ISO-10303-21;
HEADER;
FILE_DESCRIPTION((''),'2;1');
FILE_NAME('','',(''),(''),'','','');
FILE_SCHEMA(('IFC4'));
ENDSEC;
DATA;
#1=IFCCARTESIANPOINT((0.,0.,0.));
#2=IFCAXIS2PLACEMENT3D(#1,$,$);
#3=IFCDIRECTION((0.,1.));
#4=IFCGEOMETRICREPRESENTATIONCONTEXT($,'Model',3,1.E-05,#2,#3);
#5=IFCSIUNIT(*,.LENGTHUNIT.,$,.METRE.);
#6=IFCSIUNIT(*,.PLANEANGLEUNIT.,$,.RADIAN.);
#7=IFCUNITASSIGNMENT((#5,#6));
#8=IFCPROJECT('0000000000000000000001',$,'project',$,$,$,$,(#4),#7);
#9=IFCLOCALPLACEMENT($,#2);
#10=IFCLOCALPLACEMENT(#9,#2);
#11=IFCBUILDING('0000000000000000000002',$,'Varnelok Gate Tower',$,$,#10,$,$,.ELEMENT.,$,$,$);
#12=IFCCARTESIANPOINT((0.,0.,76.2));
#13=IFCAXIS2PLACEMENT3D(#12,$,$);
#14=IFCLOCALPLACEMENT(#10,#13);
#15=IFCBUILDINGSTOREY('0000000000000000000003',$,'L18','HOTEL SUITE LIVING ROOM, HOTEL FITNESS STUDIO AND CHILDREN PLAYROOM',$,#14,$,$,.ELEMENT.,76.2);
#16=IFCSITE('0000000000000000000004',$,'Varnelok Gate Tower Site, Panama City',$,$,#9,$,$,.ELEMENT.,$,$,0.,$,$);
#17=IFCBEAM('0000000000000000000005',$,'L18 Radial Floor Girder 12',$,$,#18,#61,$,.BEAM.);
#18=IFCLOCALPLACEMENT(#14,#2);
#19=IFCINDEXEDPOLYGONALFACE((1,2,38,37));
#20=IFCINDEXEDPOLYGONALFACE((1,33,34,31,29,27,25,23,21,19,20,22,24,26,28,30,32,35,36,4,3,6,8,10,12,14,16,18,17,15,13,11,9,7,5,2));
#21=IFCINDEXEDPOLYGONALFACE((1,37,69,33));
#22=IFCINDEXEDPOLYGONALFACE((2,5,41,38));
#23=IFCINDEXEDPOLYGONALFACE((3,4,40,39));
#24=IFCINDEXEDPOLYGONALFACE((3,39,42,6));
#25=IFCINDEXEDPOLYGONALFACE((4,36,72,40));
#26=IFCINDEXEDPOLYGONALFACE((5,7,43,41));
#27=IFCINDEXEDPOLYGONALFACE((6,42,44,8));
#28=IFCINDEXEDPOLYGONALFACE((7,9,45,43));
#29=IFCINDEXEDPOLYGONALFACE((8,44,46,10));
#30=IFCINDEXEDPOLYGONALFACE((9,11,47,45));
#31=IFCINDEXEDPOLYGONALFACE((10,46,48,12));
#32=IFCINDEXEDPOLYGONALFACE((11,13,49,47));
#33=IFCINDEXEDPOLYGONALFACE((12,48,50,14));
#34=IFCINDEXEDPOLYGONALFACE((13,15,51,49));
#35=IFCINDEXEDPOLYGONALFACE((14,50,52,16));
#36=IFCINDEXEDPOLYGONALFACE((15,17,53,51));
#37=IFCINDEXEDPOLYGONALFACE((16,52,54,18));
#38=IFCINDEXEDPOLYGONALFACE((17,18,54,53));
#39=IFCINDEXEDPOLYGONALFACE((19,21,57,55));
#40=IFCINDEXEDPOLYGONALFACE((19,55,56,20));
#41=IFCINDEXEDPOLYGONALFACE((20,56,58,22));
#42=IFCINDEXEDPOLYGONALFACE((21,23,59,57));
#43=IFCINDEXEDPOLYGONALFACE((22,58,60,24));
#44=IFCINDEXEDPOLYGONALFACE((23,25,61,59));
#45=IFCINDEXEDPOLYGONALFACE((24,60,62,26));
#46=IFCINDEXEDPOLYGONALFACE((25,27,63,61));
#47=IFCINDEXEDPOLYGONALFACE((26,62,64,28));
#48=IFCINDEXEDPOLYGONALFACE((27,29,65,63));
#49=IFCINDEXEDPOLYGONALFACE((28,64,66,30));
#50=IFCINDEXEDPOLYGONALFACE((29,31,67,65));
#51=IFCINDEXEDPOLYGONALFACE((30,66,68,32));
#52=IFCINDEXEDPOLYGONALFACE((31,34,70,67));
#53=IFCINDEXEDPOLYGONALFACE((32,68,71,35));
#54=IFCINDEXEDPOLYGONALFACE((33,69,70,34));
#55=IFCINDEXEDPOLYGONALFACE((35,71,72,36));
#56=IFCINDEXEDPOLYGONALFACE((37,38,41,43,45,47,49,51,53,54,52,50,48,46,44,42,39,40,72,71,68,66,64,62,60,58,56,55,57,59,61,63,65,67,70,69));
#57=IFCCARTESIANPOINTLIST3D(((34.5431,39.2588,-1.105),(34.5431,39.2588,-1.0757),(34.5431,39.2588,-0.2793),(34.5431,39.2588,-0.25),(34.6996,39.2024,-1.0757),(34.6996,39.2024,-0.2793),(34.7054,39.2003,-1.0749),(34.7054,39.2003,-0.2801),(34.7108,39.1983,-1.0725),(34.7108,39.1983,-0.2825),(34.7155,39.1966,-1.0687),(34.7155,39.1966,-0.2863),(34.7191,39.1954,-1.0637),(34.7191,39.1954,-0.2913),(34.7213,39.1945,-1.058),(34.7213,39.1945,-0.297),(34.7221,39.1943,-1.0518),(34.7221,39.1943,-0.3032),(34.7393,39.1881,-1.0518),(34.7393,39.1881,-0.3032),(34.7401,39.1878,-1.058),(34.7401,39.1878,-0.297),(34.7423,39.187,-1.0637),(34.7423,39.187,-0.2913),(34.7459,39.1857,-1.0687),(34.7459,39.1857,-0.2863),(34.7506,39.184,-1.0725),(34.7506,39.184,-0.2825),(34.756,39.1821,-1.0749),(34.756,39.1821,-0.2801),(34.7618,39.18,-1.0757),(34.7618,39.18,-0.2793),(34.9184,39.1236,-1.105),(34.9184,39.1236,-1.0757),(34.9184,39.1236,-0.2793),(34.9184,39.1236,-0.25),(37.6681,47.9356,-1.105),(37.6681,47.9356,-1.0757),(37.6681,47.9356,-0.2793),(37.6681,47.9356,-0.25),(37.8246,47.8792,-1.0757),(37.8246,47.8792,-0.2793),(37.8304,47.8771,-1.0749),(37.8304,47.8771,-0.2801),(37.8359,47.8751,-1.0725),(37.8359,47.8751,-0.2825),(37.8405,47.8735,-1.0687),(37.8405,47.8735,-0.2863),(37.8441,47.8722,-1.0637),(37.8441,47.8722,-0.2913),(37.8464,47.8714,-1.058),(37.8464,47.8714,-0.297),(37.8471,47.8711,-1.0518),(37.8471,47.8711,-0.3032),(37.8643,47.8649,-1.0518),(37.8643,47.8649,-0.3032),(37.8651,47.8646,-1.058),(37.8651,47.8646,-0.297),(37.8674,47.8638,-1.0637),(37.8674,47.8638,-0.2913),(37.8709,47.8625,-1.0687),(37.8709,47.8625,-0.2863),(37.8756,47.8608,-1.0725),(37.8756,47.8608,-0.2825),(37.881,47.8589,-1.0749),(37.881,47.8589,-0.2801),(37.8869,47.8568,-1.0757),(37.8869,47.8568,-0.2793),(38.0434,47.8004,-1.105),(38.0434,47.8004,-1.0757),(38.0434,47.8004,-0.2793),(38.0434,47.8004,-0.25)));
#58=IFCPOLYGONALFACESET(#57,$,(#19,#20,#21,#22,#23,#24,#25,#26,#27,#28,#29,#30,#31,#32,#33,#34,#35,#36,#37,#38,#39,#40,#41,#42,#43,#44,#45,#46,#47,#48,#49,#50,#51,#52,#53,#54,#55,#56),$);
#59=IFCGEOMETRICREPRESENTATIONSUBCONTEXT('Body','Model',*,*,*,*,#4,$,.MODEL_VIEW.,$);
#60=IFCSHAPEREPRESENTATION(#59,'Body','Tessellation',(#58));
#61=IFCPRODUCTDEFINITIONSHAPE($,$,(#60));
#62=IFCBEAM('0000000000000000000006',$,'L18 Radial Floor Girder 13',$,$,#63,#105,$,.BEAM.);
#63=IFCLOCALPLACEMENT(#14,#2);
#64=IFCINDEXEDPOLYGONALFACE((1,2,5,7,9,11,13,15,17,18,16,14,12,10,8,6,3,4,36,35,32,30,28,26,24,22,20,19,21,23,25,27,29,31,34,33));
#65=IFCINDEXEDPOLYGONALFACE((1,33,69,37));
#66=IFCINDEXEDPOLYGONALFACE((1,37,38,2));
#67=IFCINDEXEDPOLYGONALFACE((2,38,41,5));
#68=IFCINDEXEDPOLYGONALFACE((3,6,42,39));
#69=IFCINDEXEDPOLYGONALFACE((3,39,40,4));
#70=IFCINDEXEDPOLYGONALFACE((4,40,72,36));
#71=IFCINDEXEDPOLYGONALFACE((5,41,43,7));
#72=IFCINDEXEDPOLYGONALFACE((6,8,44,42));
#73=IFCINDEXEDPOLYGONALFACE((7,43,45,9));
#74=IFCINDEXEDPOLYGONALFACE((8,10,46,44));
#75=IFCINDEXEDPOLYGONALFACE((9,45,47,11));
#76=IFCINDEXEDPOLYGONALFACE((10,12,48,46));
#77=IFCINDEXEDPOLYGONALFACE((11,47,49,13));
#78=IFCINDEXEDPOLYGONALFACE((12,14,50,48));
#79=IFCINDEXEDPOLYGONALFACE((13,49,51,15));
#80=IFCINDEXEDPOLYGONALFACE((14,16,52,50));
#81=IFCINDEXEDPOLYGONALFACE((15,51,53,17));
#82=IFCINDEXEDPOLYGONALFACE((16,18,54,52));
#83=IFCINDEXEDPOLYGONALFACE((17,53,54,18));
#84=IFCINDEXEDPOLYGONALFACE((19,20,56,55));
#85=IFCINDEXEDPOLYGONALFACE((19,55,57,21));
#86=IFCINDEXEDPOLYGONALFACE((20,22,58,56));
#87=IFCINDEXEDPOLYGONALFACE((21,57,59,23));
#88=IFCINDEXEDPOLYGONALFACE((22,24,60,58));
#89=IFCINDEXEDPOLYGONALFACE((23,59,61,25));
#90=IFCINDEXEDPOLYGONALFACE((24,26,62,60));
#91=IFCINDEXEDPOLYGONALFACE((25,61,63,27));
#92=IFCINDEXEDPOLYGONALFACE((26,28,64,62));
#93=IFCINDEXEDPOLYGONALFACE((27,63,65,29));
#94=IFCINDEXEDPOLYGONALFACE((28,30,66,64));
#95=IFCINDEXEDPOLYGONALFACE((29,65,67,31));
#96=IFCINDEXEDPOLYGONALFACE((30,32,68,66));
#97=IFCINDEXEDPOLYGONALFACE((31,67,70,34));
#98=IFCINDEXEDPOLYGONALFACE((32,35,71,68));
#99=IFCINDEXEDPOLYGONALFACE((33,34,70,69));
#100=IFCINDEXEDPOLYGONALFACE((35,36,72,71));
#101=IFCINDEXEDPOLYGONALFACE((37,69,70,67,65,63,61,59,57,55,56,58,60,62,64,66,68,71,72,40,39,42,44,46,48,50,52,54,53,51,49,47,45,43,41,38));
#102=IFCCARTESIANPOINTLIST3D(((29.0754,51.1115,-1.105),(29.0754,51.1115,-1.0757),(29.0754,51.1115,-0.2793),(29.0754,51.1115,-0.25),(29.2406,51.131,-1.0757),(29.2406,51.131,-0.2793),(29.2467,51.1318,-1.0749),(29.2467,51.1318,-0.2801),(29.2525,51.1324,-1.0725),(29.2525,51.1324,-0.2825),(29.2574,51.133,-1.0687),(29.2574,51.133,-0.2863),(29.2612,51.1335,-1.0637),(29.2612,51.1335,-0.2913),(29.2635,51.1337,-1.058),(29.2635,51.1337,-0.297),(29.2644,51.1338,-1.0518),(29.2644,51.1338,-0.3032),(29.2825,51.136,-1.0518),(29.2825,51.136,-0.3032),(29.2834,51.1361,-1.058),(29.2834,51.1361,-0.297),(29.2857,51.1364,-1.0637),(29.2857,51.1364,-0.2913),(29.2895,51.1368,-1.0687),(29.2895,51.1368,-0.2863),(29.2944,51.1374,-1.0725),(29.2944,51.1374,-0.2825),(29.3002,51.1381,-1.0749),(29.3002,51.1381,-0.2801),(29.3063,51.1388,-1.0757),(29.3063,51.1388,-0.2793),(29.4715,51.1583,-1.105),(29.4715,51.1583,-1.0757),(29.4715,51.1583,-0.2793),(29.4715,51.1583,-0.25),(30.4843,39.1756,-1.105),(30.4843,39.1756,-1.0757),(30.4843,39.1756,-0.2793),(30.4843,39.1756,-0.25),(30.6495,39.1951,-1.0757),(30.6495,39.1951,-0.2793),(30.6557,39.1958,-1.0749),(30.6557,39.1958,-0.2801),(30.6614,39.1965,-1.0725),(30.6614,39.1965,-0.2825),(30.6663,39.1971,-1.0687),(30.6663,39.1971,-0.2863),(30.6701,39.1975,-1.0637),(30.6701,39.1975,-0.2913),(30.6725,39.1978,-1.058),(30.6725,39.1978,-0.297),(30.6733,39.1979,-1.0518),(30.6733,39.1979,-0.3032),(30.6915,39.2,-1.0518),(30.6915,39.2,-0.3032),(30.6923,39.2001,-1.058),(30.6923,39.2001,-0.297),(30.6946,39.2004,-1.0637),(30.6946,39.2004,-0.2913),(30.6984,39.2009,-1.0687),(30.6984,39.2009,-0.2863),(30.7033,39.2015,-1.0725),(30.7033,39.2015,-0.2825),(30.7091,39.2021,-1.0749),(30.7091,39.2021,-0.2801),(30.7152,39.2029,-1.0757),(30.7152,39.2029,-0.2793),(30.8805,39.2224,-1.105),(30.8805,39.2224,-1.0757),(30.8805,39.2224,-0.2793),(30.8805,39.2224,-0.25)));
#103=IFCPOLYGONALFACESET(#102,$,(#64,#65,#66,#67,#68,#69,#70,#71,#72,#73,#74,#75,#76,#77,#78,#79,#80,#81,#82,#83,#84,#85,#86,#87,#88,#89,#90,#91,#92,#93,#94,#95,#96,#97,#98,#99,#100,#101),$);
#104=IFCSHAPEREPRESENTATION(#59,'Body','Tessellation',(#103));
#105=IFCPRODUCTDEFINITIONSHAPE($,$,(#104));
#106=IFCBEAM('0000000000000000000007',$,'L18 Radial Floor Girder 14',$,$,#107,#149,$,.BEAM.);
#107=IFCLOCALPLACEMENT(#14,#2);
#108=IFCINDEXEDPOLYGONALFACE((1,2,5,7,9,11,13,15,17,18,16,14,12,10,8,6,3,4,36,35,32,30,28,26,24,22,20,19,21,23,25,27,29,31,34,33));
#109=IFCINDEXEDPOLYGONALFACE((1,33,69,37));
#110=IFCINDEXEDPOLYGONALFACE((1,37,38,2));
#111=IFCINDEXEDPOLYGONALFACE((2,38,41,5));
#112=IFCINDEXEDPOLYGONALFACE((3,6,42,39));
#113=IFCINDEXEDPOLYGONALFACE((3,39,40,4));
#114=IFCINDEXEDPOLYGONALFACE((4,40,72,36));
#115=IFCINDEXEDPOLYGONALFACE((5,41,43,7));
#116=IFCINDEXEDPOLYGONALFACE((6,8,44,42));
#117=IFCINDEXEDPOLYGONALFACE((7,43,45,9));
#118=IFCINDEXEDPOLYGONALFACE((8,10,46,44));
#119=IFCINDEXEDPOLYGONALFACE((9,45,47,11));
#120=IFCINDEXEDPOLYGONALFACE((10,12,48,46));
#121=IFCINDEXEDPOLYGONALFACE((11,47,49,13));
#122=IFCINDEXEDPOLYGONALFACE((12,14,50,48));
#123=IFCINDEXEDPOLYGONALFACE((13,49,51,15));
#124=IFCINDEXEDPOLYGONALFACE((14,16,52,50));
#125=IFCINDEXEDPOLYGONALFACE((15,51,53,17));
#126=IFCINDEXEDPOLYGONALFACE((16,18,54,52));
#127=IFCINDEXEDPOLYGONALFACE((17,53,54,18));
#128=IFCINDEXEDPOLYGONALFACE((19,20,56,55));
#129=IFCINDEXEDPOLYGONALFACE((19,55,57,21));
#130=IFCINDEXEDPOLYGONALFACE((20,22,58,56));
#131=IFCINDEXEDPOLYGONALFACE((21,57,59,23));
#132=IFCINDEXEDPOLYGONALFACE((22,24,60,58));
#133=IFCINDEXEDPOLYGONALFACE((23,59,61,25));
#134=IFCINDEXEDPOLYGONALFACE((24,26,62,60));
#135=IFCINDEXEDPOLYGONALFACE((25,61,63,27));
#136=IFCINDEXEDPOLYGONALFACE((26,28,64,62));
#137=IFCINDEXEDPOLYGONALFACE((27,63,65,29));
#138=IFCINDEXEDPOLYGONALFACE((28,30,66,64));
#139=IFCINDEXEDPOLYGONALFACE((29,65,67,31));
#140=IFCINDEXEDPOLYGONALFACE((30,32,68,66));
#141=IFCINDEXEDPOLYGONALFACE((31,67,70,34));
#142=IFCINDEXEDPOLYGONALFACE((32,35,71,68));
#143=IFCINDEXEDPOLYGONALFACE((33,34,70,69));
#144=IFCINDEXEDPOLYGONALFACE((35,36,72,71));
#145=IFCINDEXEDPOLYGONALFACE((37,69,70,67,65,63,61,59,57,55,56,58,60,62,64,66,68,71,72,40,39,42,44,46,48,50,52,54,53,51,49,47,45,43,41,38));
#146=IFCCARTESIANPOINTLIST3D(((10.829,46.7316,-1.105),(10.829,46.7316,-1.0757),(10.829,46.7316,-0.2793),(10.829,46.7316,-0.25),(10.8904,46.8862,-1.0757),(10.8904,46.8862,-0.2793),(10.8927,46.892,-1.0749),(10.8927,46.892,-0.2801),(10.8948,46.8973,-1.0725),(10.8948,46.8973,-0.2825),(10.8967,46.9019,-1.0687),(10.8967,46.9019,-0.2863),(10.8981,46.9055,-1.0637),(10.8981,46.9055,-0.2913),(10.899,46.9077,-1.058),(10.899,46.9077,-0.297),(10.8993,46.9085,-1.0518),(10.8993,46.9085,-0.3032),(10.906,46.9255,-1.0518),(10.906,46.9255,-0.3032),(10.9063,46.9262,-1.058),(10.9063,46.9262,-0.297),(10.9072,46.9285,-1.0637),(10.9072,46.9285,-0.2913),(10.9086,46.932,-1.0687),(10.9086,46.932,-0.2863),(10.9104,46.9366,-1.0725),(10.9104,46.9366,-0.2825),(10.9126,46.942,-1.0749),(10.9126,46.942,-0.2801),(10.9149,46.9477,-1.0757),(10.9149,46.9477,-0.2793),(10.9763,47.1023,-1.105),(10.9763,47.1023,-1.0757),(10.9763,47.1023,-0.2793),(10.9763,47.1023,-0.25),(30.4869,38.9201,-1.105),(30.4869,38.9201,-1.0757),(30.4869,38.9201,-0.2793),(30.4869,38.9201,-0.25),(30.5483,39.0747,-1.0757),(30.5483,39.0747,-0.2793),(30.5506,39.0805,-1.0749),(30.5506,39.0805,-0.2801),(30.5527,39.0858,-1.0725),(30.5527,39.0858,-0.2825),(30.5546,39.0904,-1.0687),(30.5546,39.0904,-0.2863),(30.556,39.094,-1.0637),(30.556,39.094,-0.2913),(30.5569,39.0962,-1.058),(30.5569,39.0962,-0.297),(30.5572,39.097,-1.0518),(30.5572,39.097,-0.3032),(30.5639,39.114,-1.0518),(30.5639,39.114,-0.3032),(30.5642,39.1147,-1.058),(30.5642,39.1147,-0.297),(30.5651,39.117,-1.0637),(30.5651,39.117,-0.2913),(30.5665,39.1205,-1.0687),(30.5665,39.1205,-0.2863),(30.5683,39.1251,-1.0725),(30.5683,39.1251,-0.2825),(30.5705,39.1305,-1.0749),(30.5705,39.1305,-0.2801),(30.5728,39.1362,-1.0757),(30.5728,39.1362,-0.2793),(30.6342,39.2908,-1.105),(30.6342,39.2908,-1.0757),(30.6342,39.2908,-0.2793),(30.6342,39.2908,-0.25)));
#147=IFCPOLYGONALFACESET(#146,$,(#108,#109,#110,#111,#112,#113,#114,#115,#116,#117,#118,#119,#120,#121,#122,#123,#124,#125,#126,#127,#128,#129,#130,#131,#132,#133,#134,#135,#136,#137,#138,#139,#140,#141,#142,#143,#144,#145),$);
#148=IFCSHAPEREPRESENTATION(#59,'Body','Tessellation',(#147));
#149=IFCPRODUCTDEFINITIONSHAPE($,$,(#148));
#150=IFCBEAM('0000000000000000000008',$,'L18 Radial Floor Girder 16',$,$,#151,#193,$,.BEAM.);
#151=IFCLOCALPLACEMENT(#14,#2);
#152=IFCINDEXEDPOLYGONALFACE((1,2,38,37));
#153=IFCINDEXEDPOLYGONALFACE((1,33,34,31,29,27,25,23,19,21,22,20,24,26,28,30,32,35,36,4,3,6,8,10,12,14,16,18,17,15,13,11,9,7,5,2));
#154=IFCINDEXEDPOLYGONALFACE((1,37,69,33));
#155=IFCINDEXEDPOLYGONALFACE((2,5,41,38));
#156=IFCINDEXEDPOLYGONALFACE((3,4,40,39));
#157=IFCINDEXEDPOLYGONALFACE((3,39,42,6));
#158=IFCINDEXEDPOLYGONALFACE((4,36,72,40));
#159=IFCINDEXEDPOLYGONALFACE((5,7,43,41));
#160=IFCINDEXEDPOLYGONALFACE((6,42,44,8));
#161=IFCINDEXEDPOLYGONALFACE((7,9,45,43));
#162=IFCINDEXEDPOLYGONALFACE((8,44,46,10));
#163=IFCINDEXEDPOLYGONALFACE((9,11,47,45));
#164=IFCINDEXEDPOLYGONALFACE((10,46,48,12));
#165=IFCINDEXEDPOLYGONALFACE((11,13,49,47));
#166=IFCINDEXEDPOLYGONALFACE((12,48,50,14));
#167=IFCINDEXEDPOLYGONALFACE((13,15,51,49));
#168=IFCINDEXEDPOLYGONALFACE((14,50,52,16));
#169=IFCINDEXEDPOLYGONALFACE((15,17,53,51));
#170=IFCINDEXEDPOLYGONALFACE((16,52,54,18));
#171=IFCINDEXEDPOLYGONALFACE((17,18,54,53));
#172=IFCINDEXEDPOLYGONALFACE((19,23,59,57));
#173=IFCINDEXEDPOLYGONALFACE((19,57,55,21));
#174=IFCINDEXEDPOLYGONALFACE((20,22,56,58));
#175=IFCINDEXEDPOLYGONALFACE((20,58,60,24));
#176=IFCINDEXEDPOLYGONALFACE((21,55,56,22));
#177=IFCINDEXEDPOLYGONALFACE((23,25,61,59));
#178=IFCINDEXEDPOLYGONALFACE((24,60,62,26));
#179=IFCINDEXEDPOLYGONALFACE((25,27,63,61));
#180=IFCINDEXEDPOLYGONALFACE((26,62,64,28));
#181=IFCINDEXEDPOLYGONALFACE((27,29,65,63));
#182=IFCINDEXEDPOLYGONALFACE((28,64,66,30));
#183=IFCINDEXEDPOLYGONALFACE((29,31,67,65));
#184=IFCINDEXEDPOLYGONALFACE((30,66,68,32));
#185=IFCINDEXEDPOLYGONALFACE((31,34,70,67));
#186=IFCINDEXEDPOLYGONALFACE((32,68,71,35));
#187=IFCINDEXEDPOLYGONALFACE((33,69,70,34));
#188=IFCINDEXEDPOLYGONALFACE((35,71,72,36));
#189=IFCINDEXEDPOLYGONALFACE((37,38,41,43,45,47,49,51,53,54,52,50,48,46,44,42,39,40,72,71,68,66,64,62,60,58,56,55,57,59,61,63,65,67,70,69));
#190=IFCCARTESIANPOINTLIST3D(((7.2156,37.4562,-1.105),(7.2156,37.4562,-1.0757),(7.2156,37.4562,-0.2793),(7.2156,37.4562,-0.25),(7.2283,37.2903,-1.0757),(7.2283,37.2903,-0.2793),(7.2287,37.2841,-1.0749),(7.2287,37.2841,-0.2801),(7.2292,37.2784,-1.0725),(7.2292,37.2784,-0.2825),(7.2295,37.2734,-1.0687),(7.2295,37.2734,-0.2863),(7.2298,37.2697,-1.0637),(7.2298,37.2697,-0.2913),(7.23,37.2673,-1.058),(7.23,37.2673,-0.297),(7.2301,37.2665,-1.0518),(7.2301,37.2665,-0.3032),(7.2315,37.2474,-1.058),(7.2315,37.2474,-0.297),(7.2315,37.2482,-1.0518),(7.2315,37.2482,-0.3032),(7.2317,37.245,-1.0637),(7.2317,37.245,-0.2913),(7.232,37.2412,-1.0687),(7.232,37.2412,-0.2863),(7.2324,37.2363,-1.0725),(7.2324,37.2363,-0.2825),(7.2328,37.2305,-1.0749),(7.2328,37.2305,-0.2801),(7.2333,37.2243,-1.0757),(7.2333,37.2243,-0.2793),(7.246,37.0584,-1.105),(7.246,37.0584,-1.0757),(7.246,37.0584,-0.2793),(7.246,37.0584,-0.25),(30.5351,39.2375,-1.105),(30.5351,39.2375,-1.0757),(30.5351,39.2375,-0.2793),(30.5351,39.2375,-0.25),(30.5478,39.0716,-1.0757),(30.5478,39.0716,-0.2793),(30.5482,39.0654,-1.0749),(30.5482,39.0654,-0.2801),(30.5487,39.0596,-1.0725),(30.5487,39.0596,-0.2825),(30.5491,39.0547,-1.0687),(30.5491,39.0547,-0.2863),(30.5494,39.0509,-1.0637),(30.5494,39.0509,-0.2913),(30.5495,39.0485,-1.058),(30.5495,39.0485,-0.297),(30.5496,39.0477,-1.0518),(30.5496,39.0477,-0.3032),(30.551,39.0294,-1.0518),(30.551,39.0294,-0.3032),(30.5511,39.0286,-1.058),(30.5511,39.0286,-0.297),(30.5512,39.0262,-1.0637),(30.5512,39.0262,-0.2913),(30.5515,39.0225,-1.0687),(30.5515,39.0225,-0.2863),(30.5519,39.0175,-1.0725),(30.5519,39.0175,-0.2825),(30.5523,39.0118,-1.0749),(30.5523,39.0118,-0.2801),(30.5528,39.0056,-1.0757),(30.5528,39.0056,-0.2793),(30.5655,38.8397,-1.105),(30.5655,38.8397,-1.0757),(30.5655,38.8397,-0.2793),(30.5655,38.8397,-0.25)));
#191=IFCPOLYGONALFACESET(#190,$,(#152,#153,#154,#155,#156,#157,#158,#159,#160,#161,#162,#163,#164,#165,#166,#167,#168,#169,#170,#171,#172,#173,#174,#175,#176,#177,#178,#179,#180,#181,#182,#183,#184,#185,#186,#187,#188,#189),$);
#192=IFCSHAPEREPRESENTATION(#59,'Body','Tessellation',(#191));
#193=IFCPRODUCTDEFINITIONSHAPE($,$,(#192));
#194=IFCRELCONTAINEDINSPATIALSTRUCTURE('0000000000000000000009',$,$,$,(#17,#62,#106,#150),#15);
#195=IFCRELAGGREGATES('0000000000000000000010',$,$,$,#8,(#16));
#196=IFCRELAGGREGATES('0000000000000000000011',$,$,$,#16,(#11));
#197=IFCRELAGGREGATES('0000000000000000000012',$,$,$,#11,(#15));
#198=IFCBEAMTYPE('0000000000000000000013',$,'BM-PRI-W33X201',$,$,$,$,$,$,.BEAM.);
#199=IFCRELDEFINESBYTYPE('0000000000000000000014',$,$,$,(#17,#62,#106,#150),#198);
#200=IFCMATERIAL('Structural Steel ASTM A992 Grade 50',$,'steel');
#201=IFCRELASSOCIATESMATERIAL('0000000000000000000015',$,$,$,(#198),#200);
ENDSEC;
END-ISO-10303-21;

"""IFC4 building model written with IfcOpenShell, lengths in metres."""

from ifc_helpers import new_model, si_unit, direction, frame, origin, origin_2d, place, context, subcontext, project, spatial, i_section, extrude, material, material_profile, profile_set, type_object, element, save


model = new_model("IFC4")

# Units and contexts
model_context = context("Model", 3, precision=1e-05, world=origin(), true_north=direction((0.0, 1.0)))
body_context = subcontext(model_context, "Body", "Model", "MODEL_VIEW")
ifc_project = project(units=[si_unit("LENGTHUNIT", "METRE"), si_unit("PLANEANGLEUNIT", "RADIAN")], contexts=[model_context])

# Site, building, storey
site_placement = place(None, origin())
site = spatial("IfcSite", under=ifc_project, at=site_placement, Name="Varnelok Gate Tower Site, Panama City", CompositionType="ELEMENT", RefElevation=0.0)
building_placement = place(site_placement, origin())
building = spatial("IfcBuilding", under=site, at=building_placement, Name="Varnelok Gate Tower", CompositionType="ELEMENT")
storey_placement = place(building_placement, frame((0.0, 0.0, 76.2)))
storey = spatial("IfcBuildingStorey", under=building, at=storey_placement, Name="L18", Description="HOTEL SUITE LIVING ROOM, HOTEL FITNESS STUDIO AND CHILDREN PLAYROOM", CompositionType="ELEMENT", Elevation=76.2)

# Shared definitions
ifc_material_1 = material(Name="Structural Steel ASTM A992 Grade 50", Category="steel")

# Beams
ifc_material_profile_1 = material_profile(ifc_material_1, i_section(OverallWidth=0.3989, OverallDepth=0.855, WebThickness=0.0183, FlangeThickness=0.0293, FilletRadius=0.0239, at=origin_2d()), Name="W33X201")
ifc_profile_set_1 = profile_set([ifc_material_profile_1], Name="Structural Steel ASTM A992 Grade 50")
beam_type_1 = type_object("IfcBeamType", Name="BM-PRI-W33X201", PredefinedType="BEAM", material=ifc_profile_set_1)
beam_1_placement = place(storey_placement, frame((34.7307, 39.1912, -0.6775), z_axis=(0.338851, 0.94084, 0.0), x_axis=(-0.94084, 0.338851, 0.0)))
element("IfcBeam", 1, at=beam_1_placement, inside=storey, type_object=beam_type_1, Name="L18 Radial Floor Girder 12", PredefinedType="BEAM", context=body_context, shape_type="SweptSolid", body=[
    extrude(i_section(OverallWidth=0.3989, OverallDepth=0.855, WebThickness=0.0183, FlangeThickness=0.0293, FilletRadius=0.0239, at=origin_2d()), origin(), (0.0, 0.0, 1.0), 9.2224),
])
beam_2_placement = place(storey_placement, frame((30.6824, 39.199, -0.6775), z_axis=(-0.117227, 0.993105, 0.0), x_axis=(-0.993105, -0.117227, 0.0)))
element("IfcBeam", 2, at=beam_2_placement, inside=storey, type_object=beam_type_1, Name="L18 Radial Floor Girder 13", PredefinedType="BEAM", context=body_context, shape_type="SweptSolid", body=[
    extrude(i_section(OverallWidth=0.3989, OverallDepth=0.855, WebThickness=0.0183, FlangeThickness=0.0293, FilletRadius=0.0239, at=origin_2d()), origin(), (0.0, 0.0, 1.0), 12.0188),
])
beam_3_placement = place(storey_placement, frame((30.5605, 39.1055, -0.6775), z_axis=(-0.929316, 0.369284, 0.0), x_axis=(-0.369284, -0.929316, 0.0)))
element("IfcBeam", 3, at=beam_3_placement, inside=storey, type_object=beam_type_1, Name="L18 Radial Floor Girder 14", PredefinedType="BEAM", context=body_context, shape_type="SweptSolid", body=[
    extrude(i_section(OverallWidth=0.3989, OverallDepth=0.855, WebThickness=0.0183, FlangeThickness=0.0293, FilletRadius=0.0239, at=origin_2d()), origin(), (0.0, 0.0, 1.0), 21.1531),
])
beam_4_placement = place(storey_placement, frame((30.5503, 39.0386, -0.6775), z_axis=(-0.997095, -0.076162, 0.0), x_axis=(0.076162, -0.997095, 0.0)))
element("IfcBeam", 4, at=beam_4_placement, inside=storey, type_object=beam_type_1, Name="L18 Radial Floor Girder 16", PredefinedType="BEAM", context=body_context, shape_type="SweptSolid", body=[
    extrude(i_section(OverallWidth=0.3989, OverallDepth=0.855, WebThickness=0.0183, FlangeThickness=0.0293, FilletRadius=0.0239, at=origin_2d()), origin(), (0.0, 0.0, 1.0), 23.3875),
])

save(model, "model.ifc")
